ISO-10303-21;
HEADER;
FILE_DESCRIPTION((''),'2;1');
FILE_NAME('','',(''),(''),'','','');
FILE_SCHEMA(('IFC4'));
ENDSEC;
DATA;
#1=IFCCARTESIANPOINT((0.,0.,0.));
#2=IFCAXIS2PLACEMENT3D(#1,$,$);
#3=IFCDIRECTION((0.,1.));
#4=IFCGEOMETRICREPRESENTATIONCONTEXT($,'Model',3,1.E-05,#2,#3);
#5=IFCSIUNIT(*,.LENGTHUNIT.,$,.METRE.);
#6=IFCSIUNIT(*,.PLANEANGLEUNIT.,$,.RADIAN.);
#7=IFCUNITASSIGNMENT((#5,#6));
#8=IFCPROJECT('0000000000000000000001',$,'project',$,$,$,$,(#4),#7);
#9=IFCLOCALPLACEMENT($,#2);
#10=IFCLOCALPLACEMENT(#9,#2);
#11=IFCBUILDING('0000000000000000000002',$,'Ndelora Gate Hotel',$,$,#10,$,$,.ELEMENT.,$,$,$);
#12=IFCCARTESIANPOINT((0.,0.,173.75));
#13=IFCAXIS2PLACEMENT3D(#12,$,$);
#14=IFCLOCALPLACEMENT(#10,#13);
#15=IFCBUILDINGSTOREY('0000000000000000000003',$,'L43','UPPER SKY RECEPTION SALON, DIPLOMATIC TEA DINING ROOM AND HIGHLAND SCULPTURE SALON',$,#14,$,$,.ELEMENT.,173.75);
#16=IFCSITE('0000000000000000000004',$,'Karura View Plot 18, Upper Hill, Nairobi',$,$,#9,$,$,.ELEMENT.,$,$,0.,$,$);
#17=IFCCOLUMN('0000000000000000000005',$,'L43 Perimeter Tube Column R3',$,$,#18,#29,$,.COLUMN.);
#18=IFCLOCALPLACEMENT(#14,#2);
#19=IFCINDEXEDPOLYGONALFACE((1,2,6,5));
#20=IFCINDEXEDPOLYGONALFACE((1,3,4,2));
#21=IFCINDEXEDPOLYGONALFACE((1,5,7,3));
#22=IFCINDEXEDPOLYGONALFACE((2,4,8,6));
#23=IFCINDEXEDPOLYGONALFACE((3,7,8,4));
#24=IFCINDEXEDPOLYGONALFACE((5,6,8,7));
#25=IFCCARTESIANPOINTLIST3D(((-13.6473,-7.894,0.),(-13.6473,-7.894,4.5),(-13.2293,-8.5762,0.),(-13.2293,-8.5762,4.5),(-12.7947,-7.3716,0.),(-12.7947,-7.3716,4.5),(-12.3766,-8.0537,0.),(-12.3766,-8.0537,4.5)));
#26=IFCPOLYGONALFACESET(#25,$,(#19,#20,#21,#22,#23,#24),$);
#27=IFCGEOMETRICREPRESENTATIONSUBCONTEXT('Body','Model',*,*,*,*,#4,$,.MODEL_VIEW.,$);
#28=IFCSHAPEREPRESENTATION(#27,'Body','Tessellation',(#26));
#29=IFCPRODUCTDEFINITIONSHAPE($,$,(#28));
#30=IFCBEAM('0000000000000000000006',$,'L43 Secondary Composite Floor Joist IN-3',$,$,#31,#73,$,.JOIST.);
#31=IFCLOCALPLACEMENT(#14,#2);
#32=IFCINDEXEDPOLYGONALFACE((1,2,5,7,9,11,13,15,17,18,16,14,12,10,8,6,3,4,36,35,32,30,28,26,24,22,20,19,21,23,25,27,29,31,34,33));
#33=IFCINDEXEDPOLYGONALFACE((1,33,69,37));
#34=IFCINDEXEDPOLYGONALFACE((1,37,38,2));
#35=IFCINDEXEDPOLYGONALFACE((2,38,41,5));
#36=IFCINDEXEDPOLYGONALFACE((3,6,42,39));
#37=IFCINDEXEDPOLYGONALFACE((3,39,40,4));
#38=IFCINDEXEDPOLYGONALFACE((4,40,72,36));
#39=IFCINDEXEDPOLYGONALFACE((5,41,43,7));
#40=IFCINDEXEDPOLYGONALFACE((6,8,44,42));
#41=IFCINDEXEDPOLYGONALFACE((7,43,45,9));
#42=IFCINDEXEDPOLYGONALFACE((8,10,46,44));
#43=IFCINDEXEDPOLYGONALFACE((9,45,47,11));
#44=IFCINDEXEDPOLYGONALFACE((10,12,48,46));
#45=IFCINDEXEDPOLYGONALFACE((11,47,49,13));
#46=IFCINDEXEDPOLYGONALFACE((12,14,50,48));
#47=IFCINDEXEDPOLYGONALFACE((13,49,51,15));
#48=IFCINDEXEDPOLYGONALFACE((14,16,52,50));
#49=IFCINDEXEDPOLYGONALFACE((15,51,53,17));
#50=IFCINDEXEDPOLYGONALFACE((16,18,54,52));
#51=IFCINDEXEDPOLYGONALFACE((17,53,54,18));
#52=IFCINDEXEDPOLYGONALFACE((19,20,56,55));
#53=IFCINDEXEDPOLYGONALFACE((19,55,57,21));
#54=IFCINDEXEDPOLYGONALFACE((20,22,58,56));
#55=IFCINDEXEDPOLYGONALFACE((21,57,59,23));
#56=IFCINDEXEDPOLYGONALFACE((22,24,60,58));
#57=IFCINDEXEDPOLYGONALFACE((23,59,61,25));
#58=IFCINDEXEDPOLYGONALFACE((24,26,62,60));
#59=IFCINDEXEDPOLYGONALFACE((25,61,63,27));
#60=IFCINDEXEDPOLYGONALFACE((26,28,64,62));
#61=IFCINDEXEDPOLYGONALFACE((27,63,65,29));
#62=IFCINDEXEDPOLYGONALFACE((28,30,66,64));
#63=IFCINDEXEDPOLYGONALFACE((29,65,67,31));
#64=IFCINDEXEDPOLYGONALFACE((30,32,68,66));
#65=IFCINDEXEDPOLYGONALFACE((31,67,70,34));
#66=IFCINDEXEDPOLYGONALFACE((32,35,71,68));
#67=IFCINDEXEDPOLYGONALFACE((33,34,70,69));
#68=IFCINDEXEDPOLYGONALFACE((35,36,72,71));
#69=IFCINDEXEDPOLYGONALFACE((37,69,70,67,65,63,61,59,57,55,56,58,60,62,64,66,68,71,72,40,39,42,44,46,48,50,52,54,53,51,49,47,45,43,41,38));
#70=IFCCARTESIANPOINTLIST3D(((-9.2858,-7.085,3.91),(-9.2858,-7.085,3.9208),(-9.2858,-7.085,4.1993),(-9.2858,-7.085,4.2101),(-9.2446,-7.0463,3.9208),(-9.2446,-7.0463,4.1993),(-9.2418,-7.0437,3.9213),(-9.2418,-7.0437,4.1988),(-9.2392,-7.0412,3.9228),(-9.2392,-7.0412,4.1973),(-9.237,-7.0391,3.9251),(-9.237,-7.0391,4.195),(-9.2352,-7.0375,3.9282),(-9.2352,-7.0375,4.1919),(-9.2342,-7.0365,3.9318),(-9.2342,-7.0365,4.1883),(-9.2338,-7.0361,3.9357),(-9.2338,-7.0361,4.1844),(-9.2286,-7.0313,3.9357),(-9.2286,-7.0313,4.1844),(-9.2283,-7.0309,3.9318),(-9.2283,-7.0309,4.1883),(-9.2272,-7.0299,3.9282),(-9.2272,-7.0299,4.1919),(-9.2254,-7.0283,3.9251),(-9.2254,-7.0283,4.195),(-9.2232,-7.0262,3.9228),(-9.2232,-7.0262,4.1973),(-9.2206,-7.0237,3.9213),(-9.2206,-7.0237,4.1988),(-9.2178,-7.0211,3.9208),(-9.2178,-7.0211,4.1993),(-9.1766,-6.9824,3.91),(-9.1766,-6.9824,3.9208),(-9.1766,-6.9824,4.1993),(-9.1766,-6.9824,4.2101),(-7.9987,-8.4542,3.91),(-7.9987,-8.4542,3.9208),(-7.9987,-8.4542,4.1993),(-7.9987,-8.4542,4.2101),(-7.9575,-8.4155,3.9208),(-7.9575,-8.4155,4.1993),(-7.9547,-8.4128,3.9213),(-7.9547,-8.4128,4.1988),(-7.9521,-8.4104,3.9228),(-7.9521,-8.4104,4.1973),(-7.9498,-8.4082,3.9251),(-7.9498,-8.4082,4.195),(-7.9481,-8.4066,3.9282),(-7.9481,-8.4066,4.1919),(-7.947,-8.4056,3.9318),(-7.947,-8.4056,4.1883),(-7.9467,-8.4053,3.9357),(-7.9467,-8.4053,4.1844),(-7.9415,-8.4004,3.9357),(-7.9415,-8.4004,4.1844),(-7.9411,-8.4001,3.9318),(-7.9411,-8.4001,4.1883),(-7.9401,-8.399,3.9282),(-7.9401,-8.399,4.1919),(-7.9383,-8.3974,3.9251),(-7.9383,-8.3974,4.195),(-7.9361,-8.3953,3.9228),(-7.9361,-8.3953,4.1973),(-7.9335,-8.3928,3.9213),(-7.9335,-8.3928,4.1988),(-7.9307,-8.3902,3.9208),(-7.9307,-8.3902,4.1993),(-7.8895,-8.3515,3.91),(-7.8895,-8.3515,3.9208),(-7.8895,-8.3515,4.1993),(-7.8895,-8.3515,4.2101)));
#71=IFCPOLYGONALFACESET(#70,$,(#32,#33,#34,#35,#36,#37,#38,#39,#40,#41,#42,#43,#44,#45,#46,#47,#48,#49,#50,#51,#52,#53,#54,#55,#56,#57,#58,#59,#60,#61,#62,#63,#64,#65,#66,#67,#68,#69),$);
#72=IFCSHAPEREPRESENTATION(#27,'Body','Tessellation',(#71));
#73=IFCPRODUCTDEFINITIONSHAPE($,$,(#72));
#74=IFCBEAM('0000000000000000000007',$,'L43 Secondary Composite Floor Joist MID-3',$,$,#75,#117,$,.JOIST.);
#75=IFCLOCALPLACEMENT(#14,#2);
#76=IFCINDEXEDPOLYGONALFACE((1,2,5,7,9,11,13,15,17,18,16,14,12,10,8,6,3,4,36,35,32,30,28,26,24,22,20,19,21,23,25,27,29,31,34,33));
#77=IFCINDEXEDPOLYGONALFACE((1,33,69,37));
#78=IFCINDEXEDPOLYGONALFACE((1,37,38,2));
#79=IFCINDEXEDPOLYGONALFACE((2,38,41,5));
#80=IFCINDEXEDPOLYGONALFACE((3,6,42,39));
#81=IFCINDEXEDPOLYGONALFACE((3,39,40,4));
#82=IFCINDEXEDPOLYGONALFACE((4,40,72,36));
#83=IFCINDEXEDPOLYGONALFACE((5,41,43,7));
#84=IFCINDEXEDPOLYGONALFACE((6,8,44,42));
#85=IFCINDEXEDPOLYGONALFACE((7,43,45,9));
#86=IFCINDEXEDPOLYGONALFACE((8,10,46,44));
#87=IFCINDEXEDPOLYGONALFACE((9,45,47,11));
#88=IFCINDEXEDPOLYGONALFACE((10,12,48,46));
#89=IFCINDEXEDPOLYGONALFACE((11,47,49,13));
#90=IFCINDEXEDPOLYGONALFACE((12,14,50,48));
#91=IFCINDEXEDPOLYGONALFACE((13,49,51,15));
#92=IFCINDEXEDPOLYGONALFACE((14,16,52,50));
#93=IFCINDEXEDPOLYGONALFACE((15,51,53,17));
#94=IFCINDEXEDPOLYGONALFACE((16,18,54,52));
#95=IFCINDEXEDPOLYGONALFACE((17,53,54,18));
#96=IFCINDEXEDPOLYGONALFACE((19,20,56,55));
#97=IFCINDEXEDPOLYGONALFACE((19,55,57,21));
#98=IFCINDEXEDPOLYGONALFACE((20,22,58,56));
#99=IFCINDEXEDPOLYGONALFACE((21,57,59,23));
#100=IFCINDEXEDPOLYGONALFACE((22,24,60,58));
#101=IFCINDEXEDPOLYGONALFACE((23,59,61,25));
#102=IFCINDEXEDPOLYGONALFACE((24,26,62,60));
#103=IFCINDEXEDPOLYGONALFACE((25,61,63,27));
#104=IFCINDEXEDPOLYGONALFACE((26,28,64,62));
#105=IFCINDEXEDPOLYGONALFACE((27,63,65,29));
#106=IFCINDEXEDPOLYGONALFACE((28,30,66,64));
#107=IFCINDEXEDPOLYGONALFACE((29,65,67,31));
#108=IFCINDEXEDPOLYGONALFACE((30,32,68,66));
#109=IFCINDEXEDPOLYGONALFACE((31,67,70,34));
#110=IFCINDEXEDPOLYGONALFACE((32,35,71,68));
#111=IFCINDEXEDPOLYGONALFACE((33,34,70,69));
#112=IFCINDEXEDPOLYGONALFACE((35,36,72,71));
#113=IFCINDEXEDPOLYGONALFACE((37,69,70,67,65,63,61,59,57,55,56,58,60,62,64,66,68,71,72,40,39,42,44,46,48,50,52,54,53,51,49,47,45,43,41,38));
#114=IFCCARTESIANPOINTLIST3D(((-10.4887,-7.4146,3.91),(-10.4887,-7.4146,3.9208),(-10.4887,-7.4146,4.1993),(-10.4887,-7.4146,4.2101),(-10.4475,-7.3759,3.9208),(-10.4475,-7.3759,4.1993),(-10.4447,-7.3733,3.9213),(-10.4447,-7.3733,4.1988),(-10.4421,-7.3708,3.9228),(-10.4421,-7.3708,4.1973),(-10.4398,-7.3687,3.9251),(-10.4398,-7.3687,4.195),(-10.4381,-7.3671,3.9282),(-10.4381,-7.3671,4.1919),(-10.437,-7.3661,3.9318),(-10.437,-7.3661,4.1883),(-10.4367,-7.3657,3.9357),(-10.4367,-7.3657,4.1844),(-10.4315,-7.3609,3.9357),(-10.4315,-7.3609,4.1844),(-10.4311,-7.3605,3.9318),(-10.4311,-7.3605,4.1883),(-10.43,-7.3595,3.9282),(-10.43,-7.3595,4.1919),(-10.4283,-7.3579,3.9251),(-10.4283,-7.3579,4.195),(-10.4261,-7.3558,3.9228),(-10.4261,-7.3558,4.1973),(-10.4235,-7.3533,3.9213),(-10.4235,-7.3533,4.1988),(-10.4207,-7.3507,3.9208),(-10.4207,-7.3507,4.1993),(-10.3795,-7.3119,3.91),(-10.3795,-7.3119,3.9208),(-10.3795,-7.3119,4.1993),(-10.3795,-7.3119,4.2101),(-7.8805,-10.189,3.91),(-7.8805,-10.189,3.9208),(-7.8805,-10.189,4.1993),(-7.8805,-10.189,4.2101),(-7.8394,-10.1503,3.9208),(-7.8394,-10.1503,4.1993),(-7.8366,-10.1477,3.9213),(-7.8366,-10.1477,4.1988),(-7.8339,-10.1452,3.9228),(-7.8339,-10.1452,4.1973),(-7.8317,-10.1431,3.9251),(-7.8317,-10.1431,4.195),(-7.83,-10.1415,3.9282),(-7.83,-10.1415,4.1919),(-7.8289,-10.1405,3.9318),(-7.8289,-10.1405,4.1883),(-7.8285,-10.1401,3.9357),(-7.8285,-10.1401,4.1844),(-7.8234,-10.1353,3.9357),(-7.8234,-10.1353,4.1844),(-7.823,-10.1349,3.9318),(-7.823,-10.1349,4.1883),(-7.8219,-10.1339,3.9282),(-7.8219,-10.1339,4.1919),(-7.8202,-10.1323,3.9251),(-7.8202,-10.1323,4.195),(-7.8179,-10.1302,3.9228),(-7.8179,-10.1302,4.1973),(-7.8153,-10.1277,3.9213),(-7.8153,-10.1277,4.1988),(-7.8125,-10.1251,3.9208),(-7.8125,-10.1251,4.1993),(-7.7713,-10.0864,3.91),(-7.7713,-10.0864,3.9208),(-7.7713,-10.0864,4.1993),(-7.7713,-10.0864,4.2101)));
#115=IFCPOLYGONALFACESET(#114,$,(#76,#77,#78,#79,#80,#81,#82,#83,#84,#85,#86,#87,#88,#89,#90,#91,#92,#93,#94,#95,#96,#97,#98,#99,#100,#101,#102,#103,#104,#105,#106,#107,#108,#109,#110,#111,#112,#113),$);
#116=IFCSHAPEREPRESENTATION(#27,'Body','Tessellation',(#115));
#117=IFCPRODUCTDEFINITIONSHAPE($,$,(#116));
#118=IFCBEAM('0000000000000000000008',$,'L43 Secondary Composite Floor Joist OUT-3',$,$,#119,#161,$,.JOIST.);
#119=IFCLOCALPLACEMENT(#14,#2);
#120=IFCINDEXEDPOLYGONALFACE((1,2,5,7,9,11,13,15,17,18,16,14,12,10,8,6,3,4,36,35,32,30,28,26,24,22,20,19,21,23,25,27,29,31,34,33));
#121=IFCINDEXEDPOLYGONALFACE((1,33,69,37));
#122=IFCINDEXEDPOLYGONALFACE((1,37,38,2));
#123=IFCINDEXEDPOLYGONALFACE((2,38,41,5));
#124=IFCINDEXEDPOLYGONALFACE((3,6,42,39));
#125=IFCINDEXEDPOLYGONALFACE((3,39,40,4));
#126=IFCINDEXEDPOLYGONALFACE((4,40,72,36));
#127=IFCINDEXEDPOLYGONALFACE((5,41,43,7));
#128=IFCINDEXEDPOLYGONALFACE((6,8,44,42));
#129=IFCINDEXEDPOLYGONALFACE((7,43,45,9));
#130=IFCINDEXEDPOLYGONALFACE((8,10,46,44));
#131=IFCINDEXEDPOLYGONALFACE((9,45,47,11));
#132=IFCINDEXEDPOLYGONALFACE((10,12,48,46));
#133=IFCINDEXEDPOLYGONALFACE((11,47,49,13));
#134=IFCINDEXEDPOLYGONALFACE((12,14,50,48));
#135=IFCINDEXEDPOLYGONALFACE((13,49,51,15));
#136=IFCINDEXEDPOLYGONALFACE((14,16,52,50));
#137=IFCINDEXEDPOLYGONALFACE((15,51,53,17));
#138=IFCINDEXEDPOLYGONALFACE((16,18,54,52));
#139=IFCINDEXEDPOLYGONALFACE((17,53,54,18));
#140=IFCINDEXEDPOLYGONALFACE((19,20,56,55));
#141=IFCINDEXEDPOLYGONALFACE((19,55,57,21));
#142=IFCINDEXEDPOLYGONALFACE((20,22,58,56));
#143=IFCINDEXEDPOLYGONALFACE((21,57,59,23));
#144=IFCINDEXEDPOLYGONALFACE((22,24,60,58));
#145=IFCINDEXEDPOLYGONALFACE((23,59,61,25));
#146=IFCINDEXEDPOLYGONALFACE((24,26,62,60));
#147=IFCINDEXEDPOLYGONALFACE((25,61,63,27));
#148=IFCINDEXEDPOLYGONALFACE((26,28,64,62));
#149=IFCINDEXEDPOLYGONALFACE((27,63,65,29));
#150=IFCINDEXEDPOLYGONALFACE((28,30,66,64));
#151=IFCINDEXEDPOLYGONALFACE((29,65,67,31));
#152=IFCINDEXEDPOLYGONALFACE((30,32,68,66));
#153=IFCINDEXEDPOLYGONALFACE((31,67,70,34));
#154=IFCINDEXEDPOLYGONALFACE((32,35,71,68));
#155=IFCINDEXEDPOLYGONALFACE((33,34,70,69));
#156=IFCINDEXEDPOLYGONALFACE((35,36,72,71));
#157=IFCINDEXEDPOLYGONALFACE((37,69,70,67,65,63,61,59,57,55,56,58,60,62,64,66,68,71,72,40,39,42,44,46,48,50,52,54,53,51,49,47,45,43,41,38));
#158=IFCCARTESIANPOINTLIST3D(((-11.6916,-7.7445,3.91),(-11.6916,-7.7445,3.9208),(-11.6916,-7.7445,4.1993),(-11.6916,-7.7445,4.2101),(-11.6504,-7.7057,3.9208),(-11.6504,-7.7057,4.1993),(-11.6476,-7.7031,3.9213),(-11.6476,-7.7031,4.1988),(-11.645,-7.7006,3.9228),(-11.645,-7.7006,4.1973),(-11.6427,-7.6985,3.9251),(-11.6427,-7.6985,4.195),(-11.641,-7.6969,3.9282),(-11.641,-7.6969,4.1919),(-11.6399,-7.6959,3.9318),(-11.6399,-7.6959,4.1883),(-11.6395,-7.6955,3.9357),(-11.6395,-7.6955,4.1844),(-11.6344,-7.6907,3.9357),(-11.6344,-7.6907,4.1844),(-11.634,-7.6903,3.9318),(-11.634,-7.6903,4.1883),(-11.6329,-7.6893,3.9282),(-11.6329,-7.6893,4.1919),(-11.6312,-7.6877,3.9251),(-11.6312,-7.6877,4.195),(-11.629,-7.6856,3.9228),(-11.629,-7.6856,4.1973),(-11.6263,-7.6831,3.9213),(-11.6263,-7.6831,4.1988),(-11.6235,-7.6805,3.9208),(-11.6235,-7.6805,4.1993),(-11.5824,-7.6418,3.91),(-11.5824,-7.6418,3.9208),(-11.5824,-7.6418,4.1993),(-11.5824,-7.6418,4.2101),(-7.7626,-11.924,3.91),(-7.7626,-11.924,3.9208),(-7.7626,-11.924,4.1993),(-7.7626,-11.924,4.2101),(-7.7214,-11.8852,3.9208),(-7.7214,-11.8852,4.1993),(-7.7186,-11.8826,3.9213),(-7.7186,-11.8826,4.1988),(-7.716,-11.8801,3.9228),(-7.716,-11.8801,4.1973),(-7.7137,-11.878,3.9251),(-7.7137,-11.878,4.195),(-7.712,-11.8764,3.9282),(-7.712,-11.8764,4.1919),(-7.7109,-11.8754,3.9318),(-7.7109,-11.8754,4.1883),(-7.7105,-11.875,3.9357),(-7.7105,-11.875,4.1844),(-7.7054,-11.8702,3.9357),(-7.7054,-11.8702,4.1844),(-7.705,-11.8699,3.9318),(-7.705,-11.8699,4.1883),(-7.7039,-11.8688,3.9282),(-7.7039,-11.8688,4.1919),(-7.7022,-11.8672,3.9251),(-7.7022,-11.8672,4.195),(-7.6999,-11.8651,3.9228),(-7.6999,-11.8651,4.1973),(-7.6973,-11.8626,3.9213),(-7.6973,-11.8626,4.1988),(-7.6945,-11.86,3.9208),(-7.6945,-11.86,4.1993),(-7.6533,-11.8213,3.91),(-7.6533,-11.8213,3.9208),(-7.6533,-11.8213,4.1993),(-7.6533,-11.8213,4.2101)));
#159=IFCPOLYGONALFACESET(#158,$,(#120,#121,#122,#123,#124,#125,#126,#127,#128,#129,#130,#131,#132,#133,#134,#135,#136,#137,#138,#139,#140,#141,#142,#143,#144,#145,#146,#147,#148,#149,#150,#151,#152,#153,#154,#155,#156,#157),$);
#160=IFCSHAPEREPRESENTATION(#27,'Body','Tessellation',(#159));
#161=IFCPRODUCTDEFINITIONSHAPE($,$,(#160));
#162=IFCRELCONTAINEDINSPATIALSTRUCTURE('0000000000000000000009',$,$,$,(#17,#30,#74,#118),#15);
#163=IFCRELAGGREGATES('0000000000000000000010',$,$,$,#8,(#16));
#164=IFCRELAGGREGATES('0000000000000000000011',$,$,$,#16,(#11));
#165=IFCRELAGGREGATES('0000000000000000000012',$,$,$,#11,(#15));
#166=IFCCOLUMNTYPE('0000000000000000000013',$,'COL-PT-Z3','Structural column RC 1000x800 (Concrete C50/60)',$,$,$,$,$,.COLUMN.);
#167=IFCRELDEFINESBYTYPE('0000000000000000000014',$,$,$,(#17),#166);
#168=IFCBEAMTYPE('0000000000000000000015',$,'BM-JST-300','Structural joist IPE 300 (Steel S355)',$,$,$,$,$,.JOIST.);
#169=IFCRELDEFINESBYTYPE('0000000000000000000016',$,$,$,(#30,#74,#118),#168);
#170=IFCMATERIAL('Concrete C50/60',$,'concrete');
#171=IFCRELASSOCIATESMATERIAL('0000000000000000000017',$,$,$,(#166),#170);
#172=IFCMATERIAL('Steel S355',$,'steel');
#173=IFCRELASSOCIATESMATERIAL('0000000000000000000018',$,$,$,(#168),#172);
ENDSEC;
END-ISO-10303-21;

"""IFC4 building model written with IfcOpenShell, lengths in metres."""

from ifc_helpers import new_model, si_unit, direction, frame, origin, origin_2d, place, context, subcontext, project, spatial, rectangle, i_section, extrude, material, material_profile, profile_set, type_object, element, save


model = new_model("IFC4")

# Units and contexts
model_context = context("Model", 3, precision=1e-05, world=origin(), true_north=direction((0.0, 1.0)))
body_context = subcontext(model_context, "Body", "Model", "MODEL_VIEW")
ifc_project = project(units=[si_unit("LENGTHUNIT", "METRE"), si_unit("PLANEANGLEUNIT", "RADIAN")], contexts=[model_context])

# Site, building, storey
site_placement = place(None, origin())
site = spatial("IfcSite", under=ifc_project, at=site_placement, Name="Karura View Plot 18, Upper Hill, Nairobi", CompositionType="ELEMENT", RefElevation=0.0)
building_placement = place(site_placement, origin())
building = spatial("IfcBuilding", under=site, at=building_placement, Name="Ndelora Gate Hotel", CompositionType="ELEMENT")
storey_placement = place(building_placement, frame((0.0, 0.0, 173.75)))
storey = spatial("IfcBuildingStorey", under=building, at=storey_placement, Name="L43", Description="UPPER SKY RECEPTION SALON, DIPLOMATIC TEA DINING ROOM AND HIGHLAND SCULPTURE SALON", CompositionType="ELEMENT", Elevation=173.75)

# Column
ifc_material_1 = material(Name="Concrete C50/60", Category="concrete")
ifc_material_profile_1 = material_profile(ifc_material_1, rectangle(XDim=0.8, YDim=1.0, at=origin_2d()), Name="RC 1000x800")
ifc_profile_set_1 = profile_set([ifc_material_profile_1], Name="Concrete C50/60")
column_type = type_object("IfcColumnType", Name="COL-PT-Z3", Description="Structural column RC 1000x800 (Concrete C50/60)", PredefinedType="COLUMN", material=ifc_profile_set_1)
column_placement = place(storey_placement, frame((-13.012, -7.9739, 0.0), z_axis=(0.0, 0.0, 1.0), x_axis=(-0.522499, 0.85264, 0.0)))
element("IfcColumn", 1, at=column_placement, inside=storey, type_object=column_type, Name="L43 Perimeter Tube Column R3", PredefinedType="COLUMN", context=body_context, shape_type="SweptSolid", body=[
    extrude(rectangle(XDim=0.8, YDim=1.0, at=origin_2d()), origin(), (0.0, 0.0, 1.0), 4.5),
])

# Beams
ifc_material_2 = material(Name="Steel S355", Category="steel")
ifc_material_profile_2 = material_profile(ifc_material_2, i_section(OverallWidth=0.1499, OverallDepth=0.3, WebThickness=0.0071, FlangeThickness=0.0107, FilletRadius=0.0149, at=origin_2d()), Name="IPE 300")
ifc_profile_set_2 = profile_set([ifc_material_profile_2], Name="Steel S355")
beam_type_1 = type_object("IfcBeamType", Name="BM-JST-300", Description="Structural joist IPE 300 (Steel S355)", PredefinedType="JOIST", material=ifc_profile_set_2)
beam_1_placement = place(storey_placement, frame((-9.2312, -7.0337, 4.0601), z_axis=(0.684943, -0.728597, 0.0), x_axis=(0.728597, 0.684943, 0.0)))
element("IfcBeam", 2, at=beam_1_placement, inside=storey, type_object=beam_type_1, Name="L43 Secondary Composite Floor Joist IN-3", PredefinedType="JOIST", context=body_context, shape_type="SweptSolid", body=[
    extrude(i_section(OverallWidth=0.1499, OverallDepth=0.3, WebThickness=0.0071, FlangeThickness=0.0107, FilletRadius=0.0149, at=origin_2d()), origin(), (0.0, 0.0, 1.0), 1.8792),
])
beam_2_placement = place(storey_placement, frame((-10.4341, -7.3633, 4.0601), z_axis=(0.684939, -0.728601, 0.0), x_axis=(0.728601, 0.684939, 0.0)))
element("IfcBeam", 3, at=beam_2_placement, inside=storey, type_object=beam_type_1, Name="L43 Secondary Composite Floor Joist MID-3", PredefinedType="JOIST", context=body_context, shape_type="SweptSolid", body=[
    extrude(i_section(OverallWidth=0.1499, OverallDepth=0.3, WebThickness=0.0071, FlangeThickness=0.0107, FilletRadius=0.0149, at=origin_2d()), origin(), (0.0, 0.0, 1.0), 3.8079),
])
beam_3_placement = place(storey_placement, frame((-11.637, -7.6931, 4.0601), z_axis=(0.684936, -0.728603, 0.0), x_axis=(0.728603, 0.684936, 0.0)))
element("IfcBeam", 4, at=beam_3_placement, inside=storey, type_object=beam_type_1, Name="L43 Secondary Composite Floor Joist OUT-3", PredefinedType="JOIST", context=body_context, shape_type="SweptSolid", body=[
    extrude(i_section(OverallWidth=0.1499, OverallDepth=0.3, WebThickness=0.0071, FlangeThickness=0.0107, FilletRadius=0.0149, at=origin_2d()), origin(), (0.0, 0.0, 1.0), 5.7363),
])

save(model, "model.ifc")
